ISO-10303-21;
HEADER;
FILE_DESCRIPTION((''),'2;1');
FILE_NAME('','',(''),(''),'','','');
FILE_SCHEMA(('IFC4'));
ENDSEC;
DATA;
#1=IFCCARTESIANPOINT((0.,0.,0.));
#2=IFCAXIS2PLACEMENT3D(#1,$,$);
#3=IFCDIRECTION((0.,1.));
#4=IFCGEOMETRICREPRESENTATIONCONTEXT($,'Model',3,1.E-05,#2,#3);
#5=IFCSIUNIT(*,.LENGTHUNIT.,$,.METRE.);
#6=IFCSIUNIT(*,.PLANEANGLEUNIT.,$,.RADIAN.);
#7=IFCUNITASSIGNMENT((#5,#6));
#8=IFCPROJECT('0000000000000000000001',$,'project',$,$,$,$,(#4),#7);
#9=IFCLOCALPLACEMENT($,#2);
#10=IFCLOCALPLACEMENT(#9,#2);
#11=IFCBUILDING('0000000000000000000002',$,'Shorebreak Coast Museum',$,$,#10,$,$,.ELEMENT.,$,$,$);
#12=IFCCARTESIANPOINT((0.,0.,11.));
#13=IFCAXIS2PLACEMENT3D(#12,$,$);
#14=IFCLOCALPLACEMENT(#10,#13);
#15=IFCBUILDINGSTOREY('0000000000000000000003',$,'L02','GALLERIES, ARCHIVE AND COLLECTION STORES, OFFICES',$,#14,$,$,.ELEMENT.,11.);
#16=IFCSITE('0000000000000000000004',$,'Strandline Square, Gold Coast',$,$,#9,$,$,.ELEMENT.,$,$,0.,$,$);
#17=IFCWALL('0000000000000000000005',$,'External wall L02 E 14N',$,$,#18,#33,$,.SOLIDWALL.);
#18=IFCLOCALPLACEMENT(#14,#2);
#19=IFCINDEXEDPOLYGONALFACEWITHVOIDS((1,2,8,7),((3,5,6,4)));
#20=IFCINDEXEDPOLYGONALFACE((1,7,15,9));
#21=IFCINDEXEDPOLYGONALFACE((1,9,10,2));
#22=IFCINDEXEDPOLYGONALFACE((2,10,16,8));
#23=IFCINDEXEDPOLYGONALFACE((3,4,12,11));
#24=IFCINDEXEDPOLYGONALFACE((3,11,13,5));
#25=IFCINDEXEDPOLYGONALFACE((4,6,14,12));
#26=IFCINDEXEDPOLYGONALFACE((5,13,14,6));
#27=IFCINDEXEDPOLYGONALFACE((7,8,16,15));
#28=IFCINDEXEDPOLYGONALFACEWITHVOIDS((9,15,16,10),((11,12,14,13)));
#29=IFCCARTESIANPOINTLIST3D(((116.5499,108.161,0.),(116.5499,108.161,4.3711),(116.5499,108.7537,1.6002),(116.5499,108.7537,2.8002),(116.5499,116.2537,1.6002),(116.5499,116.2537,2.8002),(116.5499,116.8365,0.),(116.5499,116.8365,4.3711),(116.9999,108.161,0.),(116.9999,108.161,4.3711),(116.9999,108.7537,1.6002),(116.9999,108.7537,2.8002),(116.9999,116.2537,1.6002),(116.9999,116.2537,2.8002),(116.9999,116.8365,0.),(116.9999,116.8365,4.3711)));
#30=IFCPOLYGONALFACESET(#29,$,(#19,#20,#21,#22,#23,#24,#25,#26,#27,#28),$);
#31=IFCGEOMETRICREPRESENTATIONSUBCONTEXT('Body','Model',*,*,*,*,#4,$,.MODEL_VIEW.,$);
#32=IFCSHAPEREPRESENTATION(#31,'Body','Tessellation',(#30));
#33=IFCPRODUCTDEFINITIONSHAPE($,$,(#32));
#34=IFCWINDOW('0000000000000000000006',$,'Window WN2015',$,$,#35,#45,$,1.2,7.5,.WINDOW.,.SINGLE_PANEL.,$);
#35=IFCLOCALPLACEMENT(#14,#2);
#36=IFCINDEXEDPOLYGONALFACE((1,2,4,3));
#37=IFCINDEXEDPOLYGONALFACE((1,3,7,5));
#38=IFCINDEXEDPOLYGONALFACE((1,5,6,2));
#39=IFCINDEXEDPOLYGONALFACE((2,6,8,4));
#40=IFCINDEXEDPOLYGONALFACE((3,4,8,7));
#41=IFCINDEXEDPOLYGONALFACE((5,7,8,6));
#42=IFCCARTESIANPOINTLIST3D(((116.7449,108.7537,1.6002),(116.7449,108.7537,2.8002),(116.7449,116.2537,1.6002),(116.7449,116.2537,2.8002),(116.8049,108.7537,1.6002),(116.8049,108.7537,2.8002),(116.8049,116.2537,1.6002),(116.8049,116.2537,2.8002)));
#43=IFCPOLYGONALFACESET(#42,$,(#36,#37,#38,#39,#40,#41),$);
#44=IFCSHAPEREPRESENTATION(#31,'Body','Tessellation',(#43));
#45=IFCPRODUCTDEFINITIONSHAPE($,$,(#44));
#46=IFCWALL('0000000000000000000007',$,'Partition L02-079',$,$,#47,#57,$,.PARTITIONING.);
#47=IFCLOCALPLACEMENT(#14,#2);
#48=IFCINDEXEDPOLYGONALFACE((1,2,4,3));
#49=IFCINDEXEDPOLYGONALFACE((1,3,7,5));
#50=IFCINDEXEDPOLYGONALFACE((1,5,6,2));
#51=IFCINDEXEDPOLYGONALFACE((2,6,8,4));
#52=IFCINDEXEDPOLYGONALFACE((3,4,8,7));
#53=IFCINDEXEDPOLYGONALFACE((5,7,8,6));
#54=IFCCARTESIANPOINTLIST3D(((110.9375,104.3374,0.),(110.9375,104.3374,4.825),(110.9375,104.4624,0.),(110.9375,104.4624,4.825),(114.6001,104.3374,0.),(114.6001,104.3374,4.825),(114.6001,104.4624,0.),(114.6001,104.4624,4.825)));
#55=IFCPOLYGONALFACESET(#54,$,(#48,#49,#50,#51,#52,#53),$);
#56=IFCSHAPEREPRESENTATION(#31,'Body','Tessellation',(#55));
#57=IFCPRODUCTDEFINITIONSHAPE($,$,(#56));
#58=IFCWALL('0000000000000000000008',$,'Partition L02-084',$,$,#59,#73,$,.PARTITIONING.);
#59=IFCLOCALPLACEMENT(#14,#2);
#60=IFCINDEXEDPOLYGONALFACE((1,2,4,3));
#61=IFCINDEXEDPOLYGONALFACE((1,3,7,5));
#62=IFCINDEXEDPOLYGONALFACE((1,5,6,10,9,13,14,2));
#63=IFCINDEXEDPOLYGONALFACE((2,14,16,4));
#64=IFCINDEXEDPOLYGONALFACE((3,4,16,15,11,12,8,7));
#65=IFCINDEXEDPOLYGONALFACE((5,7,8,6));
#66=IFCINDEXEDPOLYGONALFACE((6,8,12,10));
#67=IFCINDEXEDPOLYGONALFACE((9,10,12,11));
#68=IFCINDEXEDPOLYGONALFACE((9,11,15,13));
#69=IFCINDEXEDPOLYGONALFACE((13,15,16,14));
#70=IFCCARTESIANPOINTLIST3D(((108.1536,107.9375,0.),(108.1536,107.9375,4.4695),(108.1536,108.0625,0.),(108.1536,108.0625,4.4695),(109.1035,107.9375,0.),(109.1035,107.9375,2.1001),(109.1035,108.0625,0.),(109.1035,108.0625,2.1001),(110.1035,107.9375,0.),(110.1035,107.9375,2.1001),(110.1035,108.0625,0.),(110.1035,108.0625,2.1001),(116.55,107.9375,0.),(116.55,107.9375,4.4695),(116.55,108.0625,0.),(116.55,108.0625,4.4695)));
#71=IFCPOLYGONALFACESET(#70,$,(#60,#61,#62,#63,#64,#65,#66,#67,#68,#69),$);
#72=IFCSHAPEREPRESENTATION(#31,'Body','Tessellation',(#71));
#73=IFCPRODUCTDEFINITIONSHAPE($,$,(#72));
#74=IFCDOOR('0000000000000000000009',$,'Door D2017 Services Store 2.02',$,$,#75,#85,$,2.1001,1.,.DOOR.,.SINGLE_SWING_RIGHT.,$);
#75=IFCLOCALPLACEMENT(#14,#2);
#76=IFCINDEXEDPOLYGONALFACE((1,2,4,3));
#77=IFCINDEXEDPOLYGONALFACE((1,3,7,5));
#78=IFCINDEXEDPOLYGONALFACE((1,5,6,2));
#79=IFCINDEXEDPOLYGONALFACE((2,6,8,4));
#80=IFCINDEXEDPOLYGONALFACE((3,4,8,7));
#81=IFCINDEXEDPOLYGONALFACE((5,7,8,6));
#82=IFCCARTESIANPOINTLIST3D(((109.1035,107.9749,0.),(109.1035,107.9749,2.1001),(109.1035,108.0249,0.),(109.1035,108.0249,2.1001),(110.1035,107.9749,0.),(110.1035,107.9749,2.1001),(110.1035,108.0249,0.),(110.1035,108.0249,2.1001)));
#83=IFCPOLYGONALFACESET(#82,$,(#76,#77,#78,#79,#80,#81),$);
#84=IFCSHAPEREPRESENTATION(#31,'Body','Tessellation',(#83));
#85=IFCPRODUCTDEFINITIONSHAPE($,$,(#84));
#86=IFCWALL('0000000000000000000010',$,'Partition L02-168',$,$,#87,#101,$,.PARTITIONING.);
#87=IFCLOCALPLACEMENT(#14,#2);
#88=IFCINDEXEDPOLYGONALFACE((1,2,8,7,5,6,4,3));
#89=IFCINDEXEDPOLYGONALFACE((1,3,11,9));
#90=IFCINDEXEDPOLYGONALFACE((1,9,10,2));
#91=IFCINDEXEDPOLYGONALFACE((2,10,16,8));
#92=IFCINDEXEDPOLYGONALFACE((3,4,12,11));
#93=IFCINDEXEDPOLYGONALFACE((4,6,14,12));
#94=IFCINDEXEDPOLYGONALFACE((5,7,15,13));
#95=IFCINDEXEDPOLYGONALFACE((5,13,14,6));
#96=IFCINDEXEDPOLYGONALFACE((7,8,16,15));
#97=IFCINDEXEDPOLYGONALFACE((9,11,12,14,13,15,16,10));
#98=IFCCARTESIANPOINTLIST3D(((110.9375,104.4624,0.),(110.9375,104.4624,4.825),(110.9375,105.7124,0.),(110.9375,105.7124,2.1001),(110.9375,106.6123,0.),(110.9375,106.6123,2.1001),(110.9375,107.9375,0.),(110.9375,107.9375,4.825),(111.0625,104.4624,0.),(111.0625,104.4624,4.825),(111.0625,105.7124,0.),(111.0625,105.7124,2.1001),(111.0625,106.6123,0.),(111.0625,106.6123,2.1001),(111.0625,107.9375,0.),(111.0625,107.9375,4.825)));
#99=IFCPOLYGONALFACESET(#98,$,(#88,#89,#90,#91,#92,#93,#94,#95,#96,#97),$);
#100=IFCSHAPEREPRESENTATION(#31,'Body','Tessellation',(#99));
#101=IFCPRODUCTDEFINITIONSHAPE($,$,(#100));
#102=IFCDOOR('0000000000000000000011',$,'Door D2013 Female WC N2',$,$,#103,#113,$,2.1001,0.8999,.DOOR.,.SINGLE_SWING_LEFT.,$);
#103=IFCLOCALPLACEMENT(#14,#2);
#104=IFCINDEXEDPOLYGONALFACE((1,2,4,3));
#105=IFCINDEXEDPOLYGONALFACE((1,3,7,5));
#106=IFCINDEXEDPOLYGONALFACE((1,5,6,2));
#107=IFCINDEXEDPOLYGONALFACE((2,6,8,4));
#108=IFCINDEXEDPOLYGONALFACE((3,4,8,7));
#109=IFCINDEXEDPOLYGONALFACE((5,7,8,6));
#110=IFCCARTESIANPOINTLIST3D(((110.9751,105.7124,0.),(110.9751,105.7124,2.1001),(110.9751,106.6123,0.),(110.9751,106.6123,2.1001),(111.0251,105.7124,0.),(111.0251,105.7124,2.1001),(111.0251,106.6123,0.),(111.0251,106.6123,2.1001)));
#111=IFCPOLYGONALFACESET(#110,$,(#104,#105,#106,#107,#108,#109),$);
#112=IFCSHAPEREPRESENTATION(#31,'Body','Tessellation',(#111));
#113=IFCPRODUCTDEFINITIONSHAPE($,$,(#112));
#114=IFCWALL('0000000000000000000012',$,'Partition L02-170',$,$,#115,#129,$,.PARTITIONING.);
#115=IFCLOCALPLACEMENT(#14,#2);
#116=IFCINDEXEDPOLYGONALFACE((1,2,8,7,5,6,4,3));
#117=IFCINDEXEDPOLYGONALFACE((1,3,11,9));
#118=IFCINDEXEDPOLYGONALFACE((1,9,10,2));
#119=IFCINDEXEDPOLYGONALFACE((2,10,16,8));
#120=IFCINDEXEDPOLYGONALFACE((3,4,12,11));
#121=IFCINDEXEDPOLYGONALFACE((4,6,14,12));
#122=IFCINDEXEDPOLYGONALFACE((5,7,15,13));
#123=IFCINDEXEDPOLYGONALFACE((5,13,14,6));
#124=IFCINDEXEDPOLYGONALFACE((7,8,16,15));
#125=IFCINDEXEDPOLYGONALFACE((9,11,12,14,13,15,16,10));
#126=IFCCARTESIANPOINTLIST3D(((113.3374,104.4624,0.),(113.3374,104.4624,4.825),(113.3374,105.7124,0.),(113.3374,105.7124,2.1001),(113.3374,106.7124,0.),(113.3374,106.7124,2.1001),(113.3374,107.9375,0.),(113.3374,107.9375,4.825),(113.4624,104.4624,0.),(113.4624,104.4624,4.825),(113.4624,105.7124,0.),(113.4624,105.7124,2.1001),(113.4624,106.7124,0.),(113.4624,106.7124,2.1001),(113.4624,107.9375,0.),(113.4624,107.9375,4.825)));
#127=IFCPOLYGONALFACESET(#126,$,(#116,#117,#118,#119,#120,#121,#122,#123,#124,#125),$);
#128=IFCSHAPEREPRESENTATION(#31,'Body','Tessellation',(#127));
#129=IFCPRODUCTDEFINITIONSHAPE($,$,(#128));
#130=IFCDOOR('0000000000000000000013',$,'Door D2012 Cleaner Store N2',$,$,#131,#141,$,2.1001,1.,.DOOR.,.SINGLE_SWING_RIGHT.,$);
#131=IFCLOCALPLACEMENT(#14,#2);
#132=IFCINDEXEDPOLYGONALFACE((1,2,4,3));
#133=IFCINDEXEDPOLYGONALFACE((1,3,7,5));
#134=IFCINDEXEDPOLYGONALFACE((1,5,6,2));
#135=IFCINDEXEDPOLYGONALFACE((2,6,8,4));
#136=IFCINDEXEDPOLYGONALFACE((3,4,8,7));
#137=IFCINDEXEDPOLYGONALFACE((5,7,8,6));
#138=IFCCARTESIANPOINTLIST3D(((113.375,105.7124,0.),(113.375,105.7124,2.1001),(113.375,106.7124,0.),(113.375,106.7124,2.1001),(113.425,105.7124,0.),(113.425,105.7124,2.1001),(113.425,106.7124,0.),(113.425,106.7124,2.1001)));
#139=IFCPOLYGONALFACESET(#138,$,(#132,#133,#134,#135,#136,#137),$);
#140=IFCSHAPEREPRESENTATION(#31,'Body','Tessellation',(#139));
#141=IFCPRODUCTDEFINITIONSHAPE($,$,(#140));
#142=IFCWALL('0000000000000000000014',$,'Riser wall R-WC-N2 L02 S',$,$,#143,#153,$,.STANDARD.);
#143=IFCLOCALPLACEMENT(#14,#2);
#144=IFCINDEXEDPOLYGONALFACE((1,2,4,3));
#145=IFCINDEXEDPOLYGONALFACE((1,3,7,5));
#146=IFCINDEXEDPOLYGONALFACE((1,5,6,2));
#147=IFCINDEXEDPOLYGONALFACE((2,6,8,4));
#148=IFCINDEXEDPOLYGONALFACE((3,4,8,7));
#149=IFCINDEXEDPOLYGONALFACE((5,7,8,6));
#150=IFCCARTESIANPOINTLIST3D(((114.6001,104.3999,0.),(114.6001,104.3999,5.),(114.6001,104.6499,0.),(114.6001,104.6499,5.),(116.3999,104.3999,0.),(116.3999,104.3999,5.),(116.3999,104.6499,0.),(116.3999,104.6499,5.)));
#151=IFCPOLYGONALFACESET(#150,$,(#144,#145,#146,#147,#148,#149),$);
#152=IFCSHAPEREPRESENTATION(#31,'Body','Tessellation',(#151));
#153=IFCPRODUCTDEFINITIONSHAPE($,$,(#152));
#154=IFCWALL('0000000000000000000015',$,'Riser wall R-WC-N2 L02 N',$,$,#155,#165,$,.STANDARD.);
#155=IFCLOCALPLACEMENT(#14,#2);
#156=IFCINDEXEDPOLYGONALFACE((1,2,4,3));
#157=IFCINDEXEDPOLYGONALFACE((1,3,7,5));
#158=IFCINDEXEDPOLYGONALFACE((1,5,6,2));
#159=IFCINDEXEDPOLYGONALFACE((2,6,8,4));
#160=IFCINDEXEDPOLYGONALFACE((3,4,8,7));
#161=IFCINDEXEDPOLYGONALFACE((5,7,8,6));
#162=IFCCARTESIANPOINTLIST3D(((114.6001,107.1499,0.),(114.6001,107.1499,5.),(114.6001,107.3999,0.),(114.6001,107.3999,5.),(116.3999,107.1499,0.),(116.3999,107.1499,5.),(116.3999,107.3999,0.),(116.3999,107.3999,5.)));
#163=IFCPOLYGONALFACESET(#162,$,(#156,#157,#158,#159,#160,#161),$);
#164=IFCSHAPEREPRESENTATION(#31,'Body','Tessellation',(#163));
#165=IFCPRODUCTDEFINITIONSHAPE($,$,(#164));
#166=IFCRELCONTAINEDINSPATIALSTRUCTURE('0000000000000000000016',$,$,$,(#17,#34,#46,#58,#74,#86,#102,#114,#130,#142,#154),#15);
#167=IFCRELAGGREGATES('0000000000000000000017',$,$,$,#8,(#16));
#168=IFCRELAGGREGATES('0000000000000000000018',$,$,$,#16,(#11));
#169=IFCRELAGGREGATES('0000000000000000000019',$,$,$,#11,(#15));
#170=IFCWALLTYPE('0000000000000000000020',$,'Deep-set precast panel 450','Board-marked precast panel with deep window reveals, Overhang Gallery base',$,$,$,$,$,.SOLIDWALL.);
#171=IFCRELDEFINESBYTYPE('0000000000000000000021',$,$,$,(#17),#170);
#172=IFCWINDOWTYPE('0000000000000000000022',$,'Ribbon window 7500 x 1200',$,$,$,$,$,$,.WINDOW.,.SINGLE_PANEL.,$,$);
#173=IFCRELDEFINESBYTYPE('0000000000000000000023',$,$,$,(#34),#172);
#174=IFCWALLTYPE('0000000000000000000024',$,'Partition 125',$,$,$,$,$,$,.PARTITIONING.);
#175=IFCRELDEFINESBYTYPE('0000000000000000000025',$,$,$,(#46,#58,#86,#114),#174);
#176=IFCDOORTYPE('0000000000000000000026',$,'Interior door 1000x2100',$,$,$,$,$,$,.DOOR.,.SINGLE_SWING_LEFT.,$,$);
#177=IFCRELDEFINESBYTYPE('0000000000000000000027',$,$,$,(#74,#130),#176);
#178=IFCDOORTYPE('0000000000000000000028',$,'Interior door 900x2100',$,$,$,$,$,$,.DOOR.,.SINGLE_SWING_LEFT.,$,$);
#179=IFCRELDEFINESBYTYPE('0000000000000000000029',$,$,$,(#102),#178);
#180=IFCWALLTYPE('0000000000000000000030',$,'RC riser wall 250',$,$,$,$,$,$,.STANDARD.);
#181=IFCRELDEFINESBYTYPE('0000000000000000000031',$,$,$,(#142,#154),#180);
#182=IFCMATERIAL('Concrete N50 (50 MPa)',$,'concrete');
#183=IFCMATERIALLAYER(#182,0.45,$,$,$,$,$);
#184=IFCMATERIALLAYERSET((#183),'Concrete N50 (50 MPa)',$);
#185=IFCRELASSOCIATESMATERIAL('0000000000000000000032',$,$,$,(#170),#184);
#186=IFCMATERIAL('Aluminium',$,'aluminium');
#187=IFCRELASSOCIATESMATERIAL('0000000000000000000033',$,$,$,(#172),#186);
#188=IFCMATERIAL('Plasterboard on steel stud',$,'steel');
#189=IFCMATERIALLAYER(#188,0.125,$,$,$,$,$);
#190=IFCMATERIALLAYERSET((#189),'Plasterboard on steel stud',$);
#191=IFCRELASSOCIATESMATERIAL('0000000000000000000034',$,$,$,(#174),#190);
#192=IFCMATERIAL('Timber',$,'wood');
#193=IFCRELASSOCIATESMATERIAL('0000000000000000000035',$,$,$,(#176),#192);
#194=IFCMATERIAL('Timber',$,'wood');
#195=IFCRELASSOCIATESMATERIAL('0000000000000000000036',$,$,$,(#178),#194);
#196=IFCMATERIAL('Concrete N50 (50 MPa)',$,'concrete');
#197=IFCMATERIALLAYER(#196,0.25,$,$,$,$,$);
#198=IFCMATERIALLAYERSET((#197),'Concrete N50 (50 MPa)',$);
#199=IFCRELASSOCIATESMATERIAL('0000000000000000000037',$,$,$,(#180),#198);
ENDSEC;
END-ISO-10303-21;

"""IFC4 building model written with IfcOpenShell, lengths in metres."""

from ifc_helpers import new_model, si_unit, direction, frame, frame_2d, origin, place, context, subcontext, project, spatial, rectangle, extrude, material, layer, layer_set, type_object, element, fill, save


model = new_model("IFC4")

# Units and contexts
model_context = context("Model", 3, precision=1e-05, world=origin(), true_north=direction((0.0, 1.0)))
body_context = subcontext(model_context, "Body", "Model", "MODEL_VIEW")
ifc_project = project(units=[si_unit("LENGTHUNIT", "METRE"), si_unit("PLANEANGLEUNIT", "RADIAN")], contexts=[model_context])

# Site, building, storey
site_placement = place(None, origin())
site = spatial("IfcSite", under=ifc_project, at=site_placement, Name="Strandline Square, Gold Coast", CompositionType="ELEMENT", RefElevation=0.0)
building_placement = place(site_placement, origin())
building = spatial("IfcBuilding", under=site, at=building_placement, Name="Shorebreak Coast Museum", CompositionType="ELEMENT")
storey_placement = place(building_placement, frame((0.0, 0.0, 11.0)))
storey = spatial("IfcBuildingStorey", under=building, at=storey_placement, Name="L02", Description="GALLERIES, ARCHIVE AND COLLECTION STORES, OFFICES", CompositionType="ELEMENT", Elevation=11.0)

# Wall, opening, window
ifc_material_1 = material(Name="Concrete N50 (50 MPa)", Category="concrete")
ifc_layer_1 = layer(ifc_material_1, 0.45)
ifc_layer_set_1 = layer_set([ifc_layer_1], Name="Concrete N50 (50 MPa)")
wall_type_1 = type_object("IfcWallType", Name="Deep-set precast panel 450", Description="Board-marked precast panel with deep window reveals, Overhang Gallery base", PredefinedType="SOLIDWALL", material=ifc_layer_set_1)
ifc_material_2 = material(Name="Aluminium", Category="aluminium")
window_type = type_object("IfcWindowType", Name="Ribbon window 7500 x 1200", PartitioningType="SINGLE_PANEL", PredefinedType="WINDOW", material=ifc_material_2)
wall_1_placement = place(storey_placement, frame((116.7749, 108.1609, 0.0), z_axis=(0.0, 0.0, 1.0), x_axis=(0.0, 1.0, 0.0)))
wall_1 = element("IfcWall", 1, at=wall_1_placement, inside=storey, type_object=wall_type_1, Name="External wall L02 E 14N", PredefinedType="SOLIDWALL", context=body_context, shape_type="SweptSolid", body=[
    extrude(rectangle(XDim=8.6755, YDim=0.45, at=frame_2d((4.3379, 0.0))), origin(), (0.0, 0.0, 1.0), 4.3711),
])
opening_1_placement = place(wall_1_placement, frame((0.5928, 0.0, 1.6001)))
opening_1 = element("IfcOpeningElement", 2, at=opening_1_placement, cuts=wall_1, PredefinedType="OPENING", context=body_context, shape_type="SweptSolid", body=[
    extrude(rectangle(XDim=7.5, YDim=1.2, at=frame_2d((3.75, 0.6001))), frame((0.0, 0.2349, 0.0), z_axis=(0.0, -1.0, 0.0), x_axis=(1.0, 0.0, 0.0)), (0.0, 0.0, 1.0), 0.47),
])
window_1_placement = place(opening_1_placement, origin())
window_1 = element("IfcWindow", 3, at=window_1_placement, inside=storey, type_object=window_type, Name="Window WN2015", OverallHeight=1.2, OverallWidth=7.5, PartitioningType="SINGLE_PANEL", PredefinedType="WINDOW", context=body_context, shape_type="SweptSolid", body=[
    extrude(rectangle(XDim=7.5, YDim=1.2, at=frame_2d((3.75, 0.6001))), frame((0.0, 0.03, 0.0), z_axis=(0.0, -1.0, 0.0), x_axis=(1.0, 0.0, 0.0)), (0.0, 0.0, 1.0), 0.0601),
])
fill(opening_1, window_1)

# Wall
ifc_material_3 = material(Name="Plasterboard on steel stud", Category="steel")
ifc_layer_2 = layer(ifc_material_3, 0.125)
ifc_layer_set_2 = layer_set([ifc_layer_2], Name="Plasterboard on steel stud")
wall_type_2 = type_object("IfcWallType", Name="Partition 125", PredefinedType="PARTITIONING", material=ifc_layer_set_2)
wall_2_placement = place(storey_placement, frame((110.9375, 104.3999, 0.0), z_axis=(0.0, 0.0, 1.0), x_axis=(1.0, 0.0, 0.0)))
element("IfcWall", 4, at=wall_2_placement, inside=storey, type_object=wall_type_2, Name="Partition L02-079", PredefinedType="PARTITIONING", context=body_context, shape_type="SweptSolid", body=[
    extrude(rectangle(XDim=3.6626, YDim=0.125, at=frame_2d((1.8313, 0.0))), origin(), (0.0, 0.0, 1.0), 4.825),
])

# Walls, openings, doors
wall_3_placement = place(storey_placement, frame((108.1536, 108.0, 0.0), z_axis=(0.0, 0.0, 1.0), x_axis=(1.0, 0.0, 0.0)))
wall_3 = element("IfcWall", 5, at=wall_3_placement, inside=storey, type_object=wall_type_2, Name="Partition L02-084", PredefinedType="PARTITIONING", context=body_context, shape_type="SweptSolid", body=[
    extrude(rectangle(XDim=8.3965, YDim=0.125, at=frame_2d((4.1982, 0.0))), origin(), (0.0, 0.0, 1.0), 4.4695),
])
opening_2_placement = place(wall_3_placement, frame((0.95, 0.0, 0.0)))
opening_2 = element("IfcOpeningElement", 6, at=opening_2_placement, cuts=wall_3, PredefinedType="OPENING", context=body_context, shape_type="SweptSolid", body=[
    extrude(rectangle(XDim=1.0, YDim=2.1001, at=frame_2d((0.5, 1.05))), frame((0.0, 0.0725, 0.0), z_axis=(0.0, -1.0, 0.0), x_axis=(1.0, 0.0, 0.0)), (0.0, 0.0, 1.0), 0.145),
])
ifc_material_4 = material(Name="Timber", Category="wood")
door_type_1 = type_object("IfcDoorType", Name="Interior door 1000x2100", OperationType="SINGLE_SWING_LEFT", PredefinedType="DOOR", material=ifc_material_4)
door_1_placement = place(opening_2_placement, origin())
door_1 = element("IfcDoor", 7, at=door_1_placement, inside=storey, type_object=door_type_1, Name="Door D2017 Services Store 2.02", OperationType="SINGLE_SWING_RIGHT", OverallHeight=2.1001, OverallWidth=1.0, PredefinedType="DOOR", context=body_context, shape_type="SweptSolid", body=[
    extrude(rectangle(XDim=1.0, YDim=2.1001, at=frame_2d((0.5, 1.05))), frame((0.0, 0.0249, 0.0), z_axis=(0.0, -1.0, 0.0), x_axis=(1.0, 0.0, 0.0)), (0.0, 0.0, 1.0), 0.05),
])
fill(opening_2, door_1)
wall_4_placement = place(storey_placement, frame((111.0, 104.4624, 0.0), z_axis=(0.0, 0.0, 1.0), x_axis=(0.0, 1.0, 0.0)))
wall_4 = element("IfcWall", 8, at=wall_4_placement, inside=storey, type_object=wall_type_2, Name="Partition L02-168", PredefinedType="PARTITIONING", context=body_context, shape_type="SweptSolid", body=[
    extrude(rectangle(XDim=3.4751, YDim=0.125, at=frame_2d((1.7375, 0.0))), origin(), (0.0, 0.0, 1.0), 4.825),
])
opening_3_placement = place(wall_4_placement, frame((1.25, 0.0, 0.0)))
opening_3 = element("IfcOpeningElement", 9, at=opening_3_placement, cuts=wall_4, PredefinedType="OPENING", context=body_context, shape_type="SweptSolid", body=[
    extrude(rectangle(XDim=0.8999, YDim=2.1001, at=frame_2d((0.45, 1.05))), frame((0.0, 0.0725, 0.0), z_axis=(0.0, -1.0, 0.0), x_axis=(1.0, 0.0, 0.0)), (0.0, 0.0, 1.0), 0.145),
])
ifc_material_5 = material(Name="Timber", Category="wood")
door_type_2 = type_object("IfcDoorType", Name="Interior door 900x2100", OperationType="SINGLE_SWING_LEFT", PredefinedType="DOOR", material=ifc_material_5)
door_2_placement = place(opening_3_placement, origin())
door_2 = element("IfcDoor", 10, at=door_2_placement, inside=storey, type_object=door_type_2, Name="Door D2013 Female WC N2", OperationType="SINGLE_SWING_LEFT", OverallHeight=2.1001, OverallWidth=0.8999, PredefinedType="DOOR", context=body_context, shape_type="SweptSolid", body=[
    extrude(rectangle(XDim=0.8999, YDim=2.1001, at=frame_2d((0.45, 1.05))), frame((0.0, 0.0249, 0.0), z_axis=(0.0, -1.0, 0.0), x_axis=(1.0, 0.0, 0.0)), (0.0, 0.0, 1.0), 0.05),
])
fill(opening_3, door_2)
wall_5_placement = place(storey_placement, frame((113.3999, 104.4624, 0.0), z_axis=(0.0, 0.0, 1.0), x_axis=(0.0, 1.0, 0.0)))
wall_5 = element("IfcWall", 11, at=wall_5_placement, inside=storey, type_object=wall_type_2, Name="Partition L02-170", PredefinedType="PARTITIONING", context=body_context, shape_type="SweptSolid", body=[
    extrude(rectangle(XDim=3.4751, YDim=0.125, at=frame_2d((1.7375, 0.0))), origin(), (0.0, 0.0, 1.0), 4.825),
])
opening_4_placement = place(wall_5_placement, frame((1.25, 0.0, 0.0)))
opening_4 = element("IfcOpeningElement", 12, at=opening_4_placement, cuts=wall_5, PredefinedType="OPENING", context=body_context, shape_type="SweptSolid", body=[
    extrude(rectangle(XDim=1.0, YDim=2.1001, at=frame_2d((0.5, 1.05))), frame((0.0, 0.0725, 0.0), z_axis=(0.0, -1.0, 0.0), x_axis=(1.0, 0.0, 0.0)), (0.0, 0.0, 1.0), 0.145),
])
door_3_placement = place(opening_4_placement, origin())
door_3 = element("IfcDoor", 13, at=door_3_placement, inside=storey, type_object=door_type_1, Name="Door D2012 Cleaner Store N2", OperationType="SINGLE_SWING_RIGHT", OverallHeight=2.1001, OverallWidth=1.0, PredefinedType="DOOR", context=body_context, shape_type="SweptSolid", body=[
    extrude(rectangle(XDim=1.0, YDim=2.1001, at=frame_2d((0.5, 1.05))), frame((0.0, 0.0249, 0.0), z_axis=(0.0, -1.0, 0.0), x_axis=(1.0, 0.0, 0.0)), (0.0, 0.0, 1.0), 0.05),
])
fill(opening_4, door_3)

# Walls
ifc_material_6 = material(Name="Concrete N50 (50 MPa)", Category="concrete")
ifc_layer_3 = layer(ifc_material_6, 0.25)
ifc_layer_set_3 = layer_set([ifc_layer_3], Name="Concrete N50 (50 MPa)")
wall_type_3 = type_object("IfcWallType", Name="RC riser wall 250", PredefinedType="STANDARD", material=ifc_layer_set_3)
for number, where, z_axis, x_axis, name in (
    (14, (114.6001, 104.5249, 0.0), (0.0, 0.0, 1.0), (1.0, 0.0, 0.0), "Riser wall R-WC-N2 L02 S"),
    (15, (114.6001, 107.2749, 0.0), (0.0, 0.0, 1.0), (1.0, 0.0, 0.0), "Riser wall R-WC-N2 L02 N"),
):
    element("IfcWall", number, at=place(storey_placement, frame(where, z_axis=z_axis, x_axis=x_axis)), inside=storey, type_object=wall_type_3, Name=name, PredefinedType="STANDARD", context=body_context, shape_type="SweptSolid", body=[
        extrude(rectangle(XDim=1.7998, YDim=0.25, at=frame_2d((0.8999, 0.0))), origin(), (0.0, 0.0, 1.0), 5.0),
    ])

save(model, "model.ifc")
